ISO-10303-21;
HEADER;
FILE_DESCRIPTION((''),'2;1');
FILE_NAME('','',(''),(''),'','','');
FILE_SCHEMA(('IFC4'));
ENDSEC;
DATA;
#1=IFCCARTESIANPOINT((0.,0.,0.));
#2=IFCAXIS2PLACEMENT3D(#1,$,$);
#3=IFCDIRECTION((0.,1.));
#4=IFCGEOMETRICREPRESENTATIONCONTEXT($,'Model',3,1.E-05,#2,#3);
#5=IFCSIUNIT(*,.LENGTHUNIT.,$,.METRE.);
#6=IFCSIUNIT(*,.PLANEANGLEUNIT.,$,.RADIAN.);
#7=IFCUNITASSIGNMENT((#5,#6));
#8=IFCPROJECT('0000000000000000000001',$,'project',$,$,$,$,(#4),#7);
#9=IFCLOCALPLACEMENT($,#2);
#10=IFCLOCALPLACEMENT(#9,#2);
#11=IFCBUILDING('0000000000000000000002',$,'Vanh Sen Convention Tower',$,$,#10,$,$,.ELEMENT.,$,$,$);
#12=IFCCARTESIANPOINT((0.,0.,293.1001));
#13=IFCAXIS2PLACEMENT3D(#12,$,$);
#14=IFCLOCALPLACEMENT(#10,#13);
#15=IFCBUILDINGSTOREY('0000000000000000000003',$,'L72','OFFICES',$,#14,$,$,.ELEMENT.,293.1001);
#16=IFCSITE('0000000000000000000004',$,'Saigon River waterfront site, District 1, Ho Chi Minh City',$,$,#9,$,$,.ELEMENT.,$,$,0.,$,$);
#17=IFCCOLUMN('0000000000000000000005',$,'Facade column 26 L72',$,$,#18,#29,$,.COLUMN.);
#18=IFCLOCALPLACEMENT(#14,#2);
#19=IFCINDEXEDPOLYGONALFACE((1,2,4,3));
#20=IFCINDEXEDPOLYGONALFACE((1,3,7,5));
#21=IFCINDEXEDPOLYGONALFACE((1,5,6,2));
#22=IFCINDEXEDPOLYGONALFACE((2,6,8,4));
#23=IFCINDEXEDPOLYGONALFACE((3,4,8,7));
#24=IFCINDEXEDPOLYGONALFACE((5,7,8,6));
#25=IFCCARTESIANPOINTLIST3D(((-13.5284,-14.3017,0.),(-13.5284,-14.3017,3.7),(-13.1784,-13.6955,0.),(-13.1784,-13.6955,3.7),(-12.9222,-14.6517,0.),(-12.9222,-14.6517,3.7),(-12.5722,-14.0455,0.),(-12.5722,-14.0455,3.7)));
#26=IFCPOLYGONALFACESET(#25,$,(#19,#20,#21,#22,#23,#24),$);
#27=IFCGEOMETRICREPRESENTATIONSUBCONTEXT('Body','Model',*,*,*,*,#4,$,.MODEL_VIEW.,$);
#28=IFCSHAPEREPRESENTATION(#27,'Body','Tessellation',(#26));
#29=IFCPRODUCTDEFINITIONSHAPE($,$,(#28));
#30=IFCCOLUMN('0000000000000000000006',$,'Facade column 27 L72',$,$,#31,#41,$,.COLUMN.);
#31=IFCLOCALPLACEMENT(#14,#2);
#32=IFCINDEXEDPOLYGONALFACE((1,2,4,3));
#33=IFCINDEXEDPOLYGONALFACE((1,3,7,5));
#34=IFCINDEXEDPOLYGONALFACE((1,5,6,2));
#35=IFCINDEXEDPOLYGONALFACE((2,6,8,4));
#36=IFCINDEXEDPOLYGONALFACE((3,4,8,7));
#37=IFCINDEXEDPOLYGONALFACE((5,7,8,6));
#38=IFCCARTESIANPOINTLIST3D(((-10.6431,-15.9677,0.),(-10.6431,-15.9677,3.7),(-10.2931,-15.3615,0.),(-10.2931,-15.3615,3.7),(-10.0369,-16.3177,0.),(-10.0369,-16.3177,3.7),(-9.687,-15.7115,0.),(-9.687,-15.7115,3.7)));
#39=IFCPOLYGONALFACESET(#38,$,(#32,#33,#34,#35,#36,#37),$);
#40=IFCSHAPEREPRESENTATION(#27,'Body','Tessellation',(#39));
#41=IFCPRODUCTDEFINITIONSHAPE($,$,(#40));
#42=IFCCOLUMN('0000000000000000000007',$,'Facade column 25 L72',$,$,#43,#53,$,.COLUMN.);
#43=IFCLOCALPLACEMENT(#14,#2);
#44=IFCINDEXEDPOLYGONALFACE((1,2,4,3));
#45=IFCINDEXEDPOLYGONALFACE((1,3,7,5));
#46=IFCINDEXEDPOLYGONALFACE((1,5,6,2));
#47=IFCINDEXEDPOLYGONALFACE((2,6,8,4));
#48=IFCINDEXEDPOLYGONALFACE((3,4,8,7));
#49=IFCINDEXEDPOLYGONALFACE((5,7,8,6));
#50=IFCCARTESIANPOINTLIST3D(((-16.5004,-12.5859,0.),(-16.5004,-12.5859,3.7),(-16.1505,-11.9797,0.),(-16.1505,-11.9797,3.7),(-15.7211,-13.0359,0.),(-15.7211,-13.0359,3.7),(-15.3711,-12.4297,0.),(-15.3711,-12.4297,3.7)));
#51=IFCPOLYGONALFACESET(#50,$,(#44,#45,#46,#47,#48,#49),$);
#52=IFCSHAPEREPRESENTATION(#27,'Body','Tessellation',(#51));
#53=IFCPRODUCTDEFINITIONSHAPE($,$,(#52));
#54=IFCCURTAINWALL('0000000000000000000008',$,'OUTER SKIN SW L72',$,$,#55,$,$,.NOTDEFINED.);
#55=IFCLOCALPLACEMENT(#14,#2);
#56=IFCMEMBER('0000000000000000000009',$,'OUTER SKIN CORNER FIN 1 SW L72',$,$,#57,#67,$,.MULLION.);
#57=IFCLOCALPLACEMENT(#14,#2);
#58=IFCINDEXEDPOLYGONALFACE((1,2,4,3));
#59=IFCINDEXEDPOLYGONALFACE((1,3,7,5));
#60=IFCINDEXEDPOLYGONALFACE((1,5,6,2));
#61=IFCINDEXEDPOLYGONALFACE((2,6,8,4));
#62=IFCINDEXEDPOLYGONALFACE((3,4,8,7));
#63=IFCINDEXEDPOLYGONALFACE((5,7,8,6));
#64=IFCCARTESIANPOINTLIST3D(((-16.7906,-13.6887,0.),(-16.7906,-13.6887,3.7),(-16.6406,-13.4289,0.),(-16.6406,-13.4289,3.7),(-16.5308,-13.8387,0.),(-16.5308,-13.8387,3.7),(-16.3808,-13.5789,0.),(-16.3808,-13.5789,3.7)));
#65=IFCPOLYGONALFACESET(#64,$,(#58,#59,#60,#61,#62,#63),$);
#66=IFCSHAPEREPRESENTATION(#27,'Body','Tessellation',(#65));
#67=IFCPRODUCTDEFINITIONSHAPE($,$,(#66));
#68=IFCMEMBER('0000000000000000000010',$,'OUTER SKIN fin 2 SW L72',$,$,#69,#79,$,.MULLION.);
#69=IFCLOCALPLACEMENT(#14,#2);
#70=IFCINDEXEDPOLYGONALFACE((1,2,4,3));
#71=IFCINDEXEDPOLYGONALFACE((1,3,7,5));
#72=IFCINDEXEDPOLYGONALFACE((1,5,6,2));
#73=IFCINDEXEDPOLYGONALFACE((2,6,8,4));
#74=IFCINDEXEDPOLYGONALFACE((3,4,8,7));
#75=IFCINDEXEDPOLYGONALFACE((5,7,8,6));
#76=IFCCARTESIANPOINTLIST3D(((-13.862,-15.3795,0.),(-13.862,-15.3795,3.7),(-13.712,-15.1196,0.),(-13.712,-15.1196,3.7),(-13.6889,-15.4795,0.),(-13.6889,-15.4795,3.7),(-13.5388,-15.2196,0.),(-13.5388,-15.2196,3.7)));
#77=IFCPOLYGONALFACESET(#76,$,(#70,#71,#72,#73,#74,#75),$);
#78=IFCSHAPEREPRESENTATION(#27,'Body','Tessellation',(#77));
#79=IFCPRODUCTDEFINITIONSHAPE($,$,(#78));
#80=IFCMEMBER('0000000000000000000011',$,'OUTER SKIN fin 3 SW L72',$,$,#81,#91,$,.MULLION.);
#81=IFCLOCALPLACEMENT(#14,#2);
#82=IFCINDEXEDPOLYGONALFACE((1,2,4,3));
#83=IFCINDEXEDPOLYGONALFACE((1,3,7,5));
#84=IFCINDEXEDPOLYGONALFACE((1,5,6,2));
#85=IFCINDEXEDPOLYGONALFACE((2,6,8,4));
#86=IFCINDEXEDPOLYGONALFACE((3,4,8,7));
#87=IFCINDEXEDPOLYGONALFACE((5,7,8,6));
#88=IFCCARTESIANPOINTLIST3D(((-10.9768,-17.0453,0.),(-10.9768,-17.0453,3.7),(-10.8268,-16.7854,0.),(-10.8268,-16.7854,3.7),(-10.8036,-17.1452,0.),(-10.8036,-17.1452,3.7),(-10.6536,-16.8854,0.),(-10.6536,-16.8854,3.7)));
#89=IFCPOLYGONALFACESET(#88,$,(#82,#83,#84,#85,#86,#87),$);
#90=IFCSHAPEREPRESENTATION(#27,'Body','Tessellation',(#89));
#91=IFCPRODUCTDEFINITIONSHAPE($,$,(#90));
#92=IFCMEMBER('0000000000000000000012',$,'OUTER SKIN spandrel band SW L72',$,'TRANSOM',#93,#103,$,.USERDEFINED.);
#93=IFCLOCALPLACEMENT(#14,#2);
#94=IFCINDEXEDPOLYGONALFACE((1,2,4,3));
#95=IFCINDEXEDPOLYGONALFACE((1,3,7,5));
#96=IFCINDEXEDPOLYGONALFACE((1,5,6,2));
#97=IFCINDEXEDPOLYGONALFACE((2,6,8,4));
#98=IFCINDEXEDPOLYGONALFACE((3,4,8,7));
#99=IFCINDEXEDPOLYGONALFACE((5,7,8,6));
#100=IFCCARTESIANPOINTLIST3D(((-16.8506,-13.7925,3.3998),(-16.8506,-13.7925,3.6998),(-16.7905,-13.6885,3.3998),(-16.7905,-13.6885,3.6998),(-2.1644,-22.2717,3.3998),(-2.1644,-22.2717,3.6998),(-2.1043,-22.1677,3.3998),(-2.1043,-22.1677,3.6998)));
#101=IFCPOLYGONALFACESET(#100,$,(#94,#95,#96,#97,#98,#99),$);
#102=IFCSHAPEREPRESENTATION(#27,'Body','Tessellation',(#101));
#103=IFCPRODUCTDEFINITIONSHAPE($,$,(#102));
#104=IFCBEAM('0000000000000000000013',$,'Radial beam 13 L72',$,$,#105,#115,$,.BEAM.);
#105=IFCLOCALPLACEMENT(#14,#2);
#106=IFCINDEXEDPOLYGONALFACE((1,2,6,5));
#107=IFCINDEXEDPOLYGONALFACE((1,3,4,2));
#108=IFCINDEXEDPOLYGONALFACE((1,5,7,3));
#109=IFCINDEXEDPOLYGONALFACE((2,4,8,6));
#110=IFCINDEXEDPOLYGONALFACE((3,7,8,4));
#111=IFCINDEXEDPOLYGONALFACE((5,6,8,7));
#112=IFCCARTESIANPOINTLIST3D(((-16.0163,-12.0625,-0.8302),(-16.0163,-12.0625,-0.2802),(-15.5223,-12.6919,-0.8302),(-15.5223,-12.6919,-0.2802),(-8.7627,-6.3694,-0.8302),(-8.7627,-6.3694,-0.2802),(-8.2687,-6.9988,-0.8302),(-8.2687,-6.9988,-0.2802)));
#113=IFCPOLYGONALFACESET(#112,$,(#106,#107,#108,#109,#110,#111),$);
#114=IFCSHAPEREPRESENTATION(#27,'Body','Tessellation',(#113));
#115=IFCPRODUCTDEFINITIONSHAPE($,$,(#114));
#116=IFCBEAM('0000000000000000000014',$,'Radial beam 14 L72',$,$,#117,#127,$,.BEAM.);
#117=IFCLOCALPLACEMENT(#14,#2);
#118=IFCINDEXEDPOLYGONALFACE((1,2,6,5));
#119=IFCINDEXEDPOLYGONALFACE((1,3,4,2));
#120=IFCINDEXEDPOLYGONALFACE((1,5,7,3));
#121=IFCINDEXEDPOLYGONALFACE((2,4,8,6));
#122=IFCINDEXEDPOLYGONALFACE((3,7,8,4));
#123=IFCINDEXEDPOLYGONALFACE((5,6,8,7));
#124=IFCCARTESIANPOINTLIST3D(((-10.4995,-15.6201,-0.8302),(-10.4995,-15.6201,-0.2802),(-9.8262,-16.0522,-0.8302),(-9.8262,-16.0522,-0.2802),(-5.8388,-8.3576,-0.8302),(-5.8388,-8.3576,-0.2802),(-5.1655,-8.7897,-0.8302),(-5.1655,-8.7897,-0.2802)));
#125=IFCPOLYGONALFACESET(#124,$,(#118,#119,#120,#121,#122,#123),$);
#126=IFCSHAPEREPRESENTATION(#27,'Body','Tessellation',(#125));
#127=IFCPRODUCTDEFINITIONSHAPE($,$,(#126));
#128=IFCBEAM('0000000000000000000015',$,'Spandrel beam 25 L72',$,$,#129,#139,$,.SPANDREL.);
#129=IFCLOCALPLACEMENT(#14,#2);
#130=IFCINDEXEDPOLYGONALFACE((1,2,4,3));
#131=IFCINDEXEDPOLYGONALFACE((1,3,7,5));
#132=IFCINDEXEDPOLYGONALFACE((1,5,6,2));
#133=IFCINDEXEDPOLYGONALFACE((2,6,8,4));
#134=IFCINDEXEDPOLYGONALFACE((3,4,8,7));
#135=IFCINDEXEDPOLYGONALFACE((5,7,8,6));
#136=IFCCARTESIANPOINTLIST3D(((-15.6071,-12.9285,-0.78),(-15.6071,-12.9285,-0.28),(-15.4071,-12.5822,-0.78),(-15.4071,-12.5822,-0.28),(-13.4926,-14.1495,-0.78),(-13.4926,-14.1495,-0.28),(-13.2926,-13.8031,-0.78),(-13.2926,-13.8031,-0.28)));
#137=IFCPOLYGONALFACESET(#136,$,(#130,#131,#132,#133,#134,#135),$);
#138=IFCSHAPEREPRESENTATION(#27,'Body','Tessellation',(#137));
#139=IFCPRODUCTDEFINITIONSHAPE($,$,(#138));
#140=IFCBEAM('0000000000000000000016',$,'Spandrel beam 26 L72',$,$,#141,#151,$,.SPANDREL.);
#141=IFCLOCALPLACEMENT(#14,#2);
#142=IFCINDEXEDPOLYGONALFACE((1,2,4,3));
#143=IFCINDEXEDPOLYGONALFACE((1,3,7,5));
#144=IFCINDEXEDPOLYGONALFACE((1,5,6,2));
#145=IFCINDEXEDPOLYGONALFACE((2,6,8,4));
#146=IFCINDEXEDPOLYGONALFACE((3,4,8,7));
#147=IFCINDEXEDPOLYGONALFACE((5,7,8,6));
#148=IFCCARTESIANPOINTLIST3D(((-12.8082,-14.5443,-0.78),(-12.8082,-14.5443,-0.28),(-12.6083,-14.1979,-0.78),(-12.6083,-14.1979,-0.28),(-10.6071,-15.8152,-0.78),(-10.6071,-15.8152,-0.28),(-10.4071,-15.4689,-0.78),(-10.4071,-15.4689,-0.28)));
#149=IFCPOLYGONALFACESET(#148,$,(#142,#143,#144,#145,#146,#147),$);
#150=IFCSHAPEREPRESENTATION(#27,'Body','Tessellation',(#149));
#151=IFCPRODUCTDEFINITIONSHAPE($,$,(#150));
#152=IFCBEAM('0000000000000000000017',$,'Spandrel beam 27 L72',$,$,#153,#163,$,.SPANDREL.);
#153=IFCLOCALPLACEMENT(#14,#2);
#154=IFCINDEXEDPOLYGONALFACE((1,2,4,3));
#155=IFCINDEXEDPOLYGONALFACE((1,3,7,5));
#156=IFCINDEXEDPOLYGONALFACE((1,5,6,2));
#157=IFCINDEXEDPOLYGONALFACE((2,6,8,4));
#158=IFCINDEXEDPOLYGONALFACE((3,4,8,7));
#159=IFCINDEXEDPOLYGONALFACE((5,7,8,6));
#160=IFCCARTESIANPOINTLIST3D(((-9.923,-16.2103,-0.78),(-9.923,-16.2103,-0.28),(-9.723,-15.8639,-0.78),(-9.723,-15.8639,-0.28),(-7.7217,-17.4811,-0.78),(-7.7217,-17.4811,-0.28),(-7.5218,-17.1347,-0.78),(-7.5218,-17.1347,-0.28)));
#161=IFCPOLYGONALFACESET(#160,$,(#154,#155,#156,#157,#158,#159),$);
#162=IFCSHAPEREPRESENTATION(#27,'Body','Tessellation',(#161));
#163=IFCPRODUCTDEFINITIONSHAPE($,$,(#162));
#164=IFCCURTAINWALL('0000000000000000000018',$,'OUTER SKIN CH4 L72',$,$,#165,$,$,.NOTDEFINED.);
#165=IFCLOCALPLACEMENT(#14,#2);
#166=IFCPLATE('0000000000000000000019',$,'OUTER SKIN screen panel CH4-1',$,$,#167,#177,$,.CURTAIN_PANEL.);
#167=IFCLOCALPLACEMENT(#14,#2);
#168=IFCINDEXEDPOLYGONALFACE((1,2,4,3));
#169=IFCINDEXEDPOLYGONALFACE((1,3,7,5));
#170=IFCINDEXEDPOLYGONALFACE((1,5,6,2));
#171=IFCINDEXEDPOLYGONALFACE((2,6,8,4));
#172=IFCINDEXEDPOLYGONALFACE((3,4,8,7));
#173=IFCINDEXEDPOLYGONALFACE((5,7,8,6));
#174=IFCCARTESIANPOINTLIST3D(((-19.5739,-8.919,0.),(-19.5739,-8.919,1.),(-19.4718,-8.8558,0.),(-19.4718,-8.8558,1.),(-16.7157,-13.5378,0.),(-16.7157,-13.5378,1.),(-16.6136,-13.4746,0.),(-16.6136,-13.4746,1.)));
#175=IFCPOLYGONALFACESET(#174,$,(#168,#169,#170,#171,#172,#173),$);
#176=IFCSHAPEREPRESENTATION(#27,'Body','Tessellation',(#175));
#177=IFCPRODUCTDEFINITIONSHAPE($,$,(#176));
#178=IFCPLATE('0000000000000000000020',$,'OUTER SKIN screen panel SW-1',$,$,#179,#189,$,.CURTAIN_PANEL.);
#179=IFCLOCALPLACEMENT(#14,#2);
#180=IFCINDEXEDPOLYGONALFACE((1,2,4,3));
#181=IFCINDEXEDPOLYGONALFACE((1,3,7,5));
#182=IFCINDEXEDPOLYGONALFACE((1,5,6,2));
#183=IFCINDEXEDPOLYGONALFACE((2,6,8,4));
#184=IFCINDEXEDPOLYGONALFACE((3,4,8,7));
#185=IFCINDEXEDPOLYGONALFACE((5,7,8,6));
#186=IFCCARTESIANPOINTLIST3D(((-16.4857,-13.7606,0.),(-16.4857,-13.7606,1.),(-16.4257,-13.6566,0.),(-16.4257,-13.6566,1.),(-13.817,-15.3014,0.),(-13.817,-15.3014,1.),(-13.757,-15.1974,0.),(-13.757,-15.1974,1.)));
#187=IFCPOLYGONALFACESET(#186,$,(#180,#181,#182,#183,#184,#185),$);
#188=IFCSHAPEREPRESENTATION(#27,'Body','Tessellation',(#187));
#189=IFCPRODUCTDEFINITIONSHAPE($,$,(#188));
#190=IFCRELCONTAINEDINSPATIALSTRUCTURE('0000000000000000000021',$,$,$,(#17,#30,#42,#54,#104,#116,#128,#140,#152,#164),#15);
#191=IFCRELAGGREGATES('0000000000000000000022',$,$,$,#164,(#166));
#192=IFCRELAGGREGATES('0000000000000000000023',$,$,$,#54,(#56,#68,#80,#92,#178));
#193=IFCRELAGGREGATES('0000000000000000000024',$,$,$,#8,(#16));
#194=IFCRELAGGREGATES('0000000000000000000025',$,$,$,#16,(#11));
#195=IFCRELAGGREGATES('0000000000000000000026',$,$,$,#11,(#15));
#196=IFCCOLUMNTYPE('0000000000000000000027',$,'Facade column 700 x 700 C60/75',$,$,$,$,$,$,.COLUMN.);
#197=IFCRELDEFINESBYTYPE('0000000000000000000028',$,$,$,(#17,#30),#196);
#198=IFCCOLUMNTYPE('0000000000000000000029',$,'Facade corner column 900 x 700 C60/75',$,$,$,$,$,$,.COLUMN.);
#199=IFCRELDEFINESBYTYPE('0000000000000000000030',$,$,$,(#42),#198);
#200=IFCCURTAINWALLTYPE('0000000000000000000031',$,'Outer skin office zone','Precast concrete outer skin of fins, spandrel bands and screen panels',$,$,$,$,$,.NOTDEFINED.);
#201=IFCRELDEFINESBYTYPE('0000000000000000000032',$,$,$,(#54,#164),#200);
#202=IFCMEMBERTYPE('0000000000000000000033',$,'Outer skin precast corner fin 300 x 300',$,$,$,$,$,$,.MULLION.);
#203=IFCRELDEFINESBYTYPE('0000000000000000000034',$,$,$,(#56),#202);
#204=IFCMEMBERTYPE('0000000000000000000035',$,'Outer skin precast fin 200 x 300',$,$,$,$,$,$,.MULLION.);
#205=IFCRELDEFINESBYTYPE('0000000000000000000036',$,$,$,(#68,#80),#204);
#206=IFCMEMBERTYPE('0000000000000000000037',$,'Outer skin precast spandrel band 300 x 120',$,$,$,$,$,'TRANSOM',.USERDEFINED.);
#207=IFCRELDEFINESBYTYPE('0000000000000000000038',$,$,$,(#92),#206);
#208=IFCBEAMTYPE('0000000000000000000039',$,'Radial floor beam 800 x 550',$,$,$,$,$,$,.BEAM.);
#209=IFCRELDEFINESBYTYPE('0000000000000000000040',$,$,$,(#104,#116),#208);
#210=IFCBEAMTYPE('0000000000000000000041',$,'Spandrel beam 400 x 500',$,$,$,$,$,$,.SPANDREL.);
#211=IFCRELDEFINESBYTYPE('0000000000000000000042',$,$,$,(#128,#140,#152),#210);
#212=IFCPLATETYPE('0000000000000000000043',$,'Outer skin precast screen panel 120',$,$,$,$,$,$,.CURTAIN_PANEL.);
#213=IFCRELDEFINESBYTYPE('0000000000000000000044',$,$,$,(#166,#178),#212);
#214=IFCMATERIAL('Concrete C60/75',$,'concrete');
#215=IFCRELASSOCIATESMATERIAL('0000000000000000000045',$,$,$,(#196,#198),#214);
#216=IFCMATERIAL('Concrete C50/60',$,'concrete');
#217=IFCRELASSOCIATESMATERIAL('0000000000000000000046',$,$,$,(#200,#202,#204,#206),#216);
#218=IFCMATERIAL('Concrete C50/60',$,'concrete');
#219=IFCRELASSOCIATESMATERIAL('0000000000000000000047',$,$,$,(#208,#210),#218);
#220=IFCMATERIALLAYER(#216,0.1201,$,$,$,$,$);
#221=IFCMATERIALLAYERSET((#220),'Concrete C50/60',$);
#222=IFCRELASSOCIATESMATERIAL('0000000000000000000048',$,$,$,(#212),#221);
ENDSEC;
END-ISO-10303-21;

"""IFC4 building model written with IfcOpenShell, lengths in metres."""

from ifc_helpers import new_model, si_unit, direction, frame, origin, origin_2d, place, context, subcontext, project, spatial, rectangle, extrude, material, layer, layer_set, material_profile, profile_set, type_object, element, aggregate, save


model = new_model("IFC4")

# Units and contexts
model_context = context("Model", 3, precision=1e-05, world=origin(), true_north=direction((0.0, 1.0)))
body_context = subcontext(model_context, "Body", "Model", "MODEL_VIEW")
ifc_project = project(units=[si_unit("LENGTHUNIT", "METRE"), si_unit("PLANEANGLEUNIT", "RADIAN")], contexts=[model_context])

# Site, building, storey
site_placement = place(None, origin())
site = spatial("IfcSite", under=ifc_project, at=site_placement, Name="Saigon River waterfront site, District 1, Ho Chi Minh City", CompositionType="ELEMENT", RefElevation=0.0)
building_placement = place(site_placement, origin())
building = spatial("IfcBuilding", under=site, at=building_placement, Name="Vanh Sen Convention Tower", CompositionType="ELEMENT")
storey_placement = place(building_placement, frame((0.0, 0.0, 293.1001)))
storey = spatial("IfcBuildingStorey", under=building, at=storey_placement, Name="L72", Description="OFFICES", CompositionType="ELEMENT", Elevation=293.1001)

# Columns
ifc_material_1 = material(Name="Concrete C60/75", Category="concrete")
ifc_material_profile_1 = material_profile(ifc_material_1, rectangle(XDim=0.7, YDim=0.7, at=origin_2d()), Name="RC 700X700")
ifc_profile_set_1 = profile_set([ifc_material_profile_1], Name="Concrete C60/75")
column_type_1 = type_object("IfcColumnType", Name="Facade column 700 x 700 C60/75", PredefinedType="COLUMN", material=ifc_profile_set_1)
for number, where, z_axis, x_axis, name in (
    (1, (-13.0503, -14.1736, 0.0), (0.0, 0.0, 1.0), (0.866025, -0.5, 0.0), "Facade column 26 L72"),
    (2, (-10.165, -15.8396, 0.0), (0.0, 0.0, 1.0), (0.866025, -0.5, 0.0), "Facade column 27 L72"),
):
    element("IfcColumn", number, at=place(storey_placement, frame(where, z_axis=z_axis, x_axis=x_axis)), inside=storey, type_object=column_type_1, Name=name, PredefinedType="COLUMN", context=body_context, shape_type="SweptSolid", body=[
        extrude(rectangle(XDim=0.7, YDim=0.7, at=origin_2d()), origin(), (0.0, 0.0, 1.0), 3.7),
    ])
ifc_material_profile_2 = material_profile(ifc_material_1, rectangle(XDim=0.8999, YDim=0.7, at=origin_2d()), Name="RC 900X700")
ifc_profile_set_2 = profile_set([ifc_material_profile_2], Name="Concrete C60/75")
column_type_2 = type_object("IfcColumnType", Name="Facade corner column 900 x 700 C60/75", PredefinedType="COLUMN", material=ifc_profile_set_2)
column_placement = place(storey_placement, frame((-15.9358, -12.5078, 0.0), z_axis=(0.0, 0.0, 1.0), x_axis=(0.866025, -0.5, 0.0)))
element("IfcColumn", 3, at=column_placement, inside=storey, type_object=column_type_2, Name="Facade column 25 L72", PredefinedType="COLUMN", context=body_context, shape_type="SweptSolid", body=[
    extrude(rectangle(XDim=0.8999, YDim=0.7, at=origin_2d()), origin(), (0.0, 0.0, 1.0), 3.7),
])

# Curtain wall, members
ifc_material_2 = material(Name="Concrete C50/60", Category="concrete")
curtain_wall_type = type_object("IfcCurtainWallType", Name="Outer skin office zone", Description="Precast concrete outer skin of fins, spandrel bands and screen panels", PredefinedType="NOTDEFINED", material=ifc_material_2)
curtain_wall_1_placement = place(storey_placement, origin())
curtain_wall_1 = element("IfcCurtainWall", 4, at=curtain_wall_1_placement, inside=storey, type_object=curtain_wall_type, Name="OUTER SKIN SW L72", PredefinedType="NOTDEFINED")
ifc_material_profile_3 = material_profile(ifc_material_2, rectangle(XDim=0.3, YDim=0.3, at=origin_2d()), Name="Outer skin precast corner fin 300 x 300")
ifc_profile_set_3 = profile_set([ifc_material_profile_3], Name="Concrete C50/60")
member_type_1 = type_object("IfcMemberType", Name="Outer skin precast corner fin 300 x 300", PredefinedType="MULLION", material=ifc_profile_set_3)
member_1_placement = place(storey_placement, frame((-16.5857, -13.6338, 0.0), z_axis=(0.0, 0.0, 1.0), x_axis=(0.866025, -0.5, 0.0)))
member_1 = element("IfcMember", 5, at=member_1_placement, type_object=member_type_1, Name="OUTER SKIN CORNER FIN 1 SW L72", PredefinedType="MULLION", context=body_context, shape_type="SweptSolid", body=[
    extrude(rectangle(XDim=0.3, YDim=0.3, at=origin_2d()), origin(), (0.0, 0.0, 1.0), 3.7),
])
ifc_material_profile_4 = material_profile(ifc_material_2, rectangle(XDim=0.2, YDim=0.3, at=origin_2d()), Name="Outer skin precast fin 200 x 300")
ifc_profile_set_4 = profile_set([ifc_material_profile_4], Name="Concrete C50/60")
member_type_2 = type_object("IfcMemberType", Name="Outer skin precast fin 200 x 300", PredefinedType="MULLION", material=ifc_profile_set_4)
member_2_placement = place(storey_placement, frame((-13.7004, -15.2996, 0.0), z_axis=(0.0, 0.0, 1.0), x_axis=(0.866025, -0.5, 0.0)))
member_2 = element("IfcMember", 6, at=member_2_placement, type_object=member_type_2, Name="OUTER SKIN fin 2 SW L72", PredefinedType="MULLION", context=body_context, shape_type="SweptSolid", body=[
    extrude(rectangle(XDim=0.2, YDim=0.3, at=origin_2d()), origin(), (0.0, 0.0, 1.0), 3.7),
])
member_3_placement = place(storey_placement, frame((-10.8152, -16.9653, 0.0), z_axis=(0.0, 0.0, 1.0), x_axis=(0.866025, -0.5, 0.0)))
member_3 = element("IfcMember", 7, at=member_3_placement, type_object=member_type_2, Name="OUTER SKIN fin 3 SW L72", PredefinedType="MULLION", context=body_context, shape_type="SweptSolid", body=[
    extrude(rectangle(XDim=0.2, YDim=0.3, at=origin_2d()), origin(), (0.0, 0.0, 1.0), 3.7),
])
ifc_material_profile_5 = material_profile(ifc_material_2, rectangle(XDim=0.1201, YDim=0.3, at=origin_2d()), Name="Outer skin precast spandrel band 300 x 120")
ifc_profile_set_5 = profile_set([ifc_material_profile_5], Name="Concrete C50/60")
member_type_3 = type_object("IfcMemberType", Name="Outer skin precast spandrel band 300 x 120", ElementType="TRANSOM", PredefinedType="USERDEFINED", material=ifc_profile_set_5)
member_4_placement = place(storey_placement, frame((-16.8206, -13.7405, 3.5498), z_axis=(0.866022, -0.500005, 0.0), x_axis=(0.500005, 0.866022, 0.0)))
member_4 = element("IfcMember", 8, at=member_4_placement, type_object=member_type_3, Name="OUTER SKIN spandrel band SW L72", ObjectType="TRANSOM", PredefinedType="USERDEFINED", context=body_context, shape_type="SweptSolid", body=[
    extrude(rectangle(XDim=0.1201, YDim=0.3, at=origin_2d()), origin(), (0.0, 0.0, 1.0), 16.9583),
])

# Beams
ifc_material_3 = material(Name="Concrete C50/60", Category="concrete")
ifc_material_profile_6 = material_profile(ifc_material_3, rectangle(XDim=0.8, YDim=0.55, at=origin_2d()), Name="RC 800X550")
ifc_profile_set_6 = profile_set([ifc_material_profile_6], Name="Concrete C50/60")
beam_type_1 = type_object("IfcBeamType", Name="Radial floor beam 800 x 550", PredefinedType="BEAM", material=ifc_profile_set_6)
beam_1_placement = place(storey_placement, frame((-15.7693, -12.3772, -0.5552), z_axis=(0.786644, 0.617406, 0.0), x_axis=(-0.617406, 0.786644, 0.0)))
element("IfcBeam", 9, at=beam_1_placement, inside=storey, type_object=beam_type_1, Name="Radial beam 13 L72", PredefinedType="BEAM", context=body_context, shape_type="SweptSolid", body=[
    extrude(rectangle(XDim=0.8, YDim=0.55, at=origin_2d()), origin(), (0.0, 0.0, 1.0), 9.2209),
])
beam_2_placement = place(storey_placement, frame((-10.1628, -15.8362, -0.5552), z_axis=(0.540095, 0.841604, 0.0), x_axis=(-0.841604, 0.540095, 0.0)))
element("IfcBeam", 10, at=beam_2_placement, inside=storey, type_object=beam_type_1, Name="Radial beam 14 L72", PredefinedType="BEAM", context=body_context, shape_type="SweptSolid", body=[
    extrude(rectangle(XDim=0.8, YDim=0.55, at=origin_2d()), origin(), (0.0, 0.0, 1.0), 8.6294),
])
ifc_material_profile_7 = material_profile(ifc_material_3, rectangle(XDim=0.3999, YDim=0.5, at=origin_2d()), Name="RC 400X500")
ifc_profile_set_7 = profile_set([ifc_material_profile_7], Name="Concrete C50/60")
beam_type_2 = type_object("IfcBeamType", Name="Spandrel beam 400 x 500", PredefinedType="SPANDREL", material=ifc_profile_set_7)
beam_3_placement = place(storey_placement, frame((-15.5071, -12.7554, -0.53), z_axis=(0.866001, -0.500043, 0.0), x_axis=(0.500043, 0.866001, 0.0)))
element("IfcBeam", 11, at=beam_3_placement, inside=storey, type_object=beam_type_2, Name="Spandrel beam 25 L72", PredefinedType="SPANDREL", context=body_context, shape_type="SweptSolid", body=[
    extrude(rectangle(XDim=0.3999, YDim=0.5, at=origin_2d()), origin(), (0.0, 0.0, 1.0), 2.4417),
])
for number, where, z_axis, x_axis, name in (
    (12, (-12.7083, -14.3711, -0.53), (0.866, -0.500044, 0.0), (0.500044, 0.866, 0.0), "Spandrel beam 26 L72"),
    (13, (-9.823, -16.0371, -0.53), (0.866042, -0.499972, 0.0), (0.499972, 0.866042, 0.0), "Spandrel beam 27 L72"),
):
    element("IfcBeam", number, at=place(storey_placement, frame(where, z_axis=z_axis, x_axis=x_axis)), inside=storey, type_object=beam_type_2, Name=name, PredefinedType="SPANDREL", context=body_context, shape_type="SweptSolid", body=[
        extrude(rectangle(XDim=0.3999, YDim=0.5, at=origin_2d()), origin(), (0.0, 0.0, 1.0), 2.5417),
    ])

# Curtain wall, plate
curtain_wall_2_placement = place(storey_placement, origin())
curtain_wall_2 = element("IfcCurtainWall", 14, at=curtain_wall_2_placement, inside=storey, type_object=curtain_wall_type, Name="OUTER SKIN CH4 L72", PredefinedType="NOTDEFINED")
ifc_layer_1 = layer(ifc_material_2, 0.1201)
ifc_layer_set_1 = layer_set([ifc_layer_1], Name="Concrete C50/60")
plate_type = type_object("IfcPlateType", Name="Outer skin precast screen panel 120", PredefinedType="CURTAIN_PANEL", material=ifc_layer_set_1)
plate_1_placement = place(storey_placement, frame((-18.0938, -11.1968, 0.0), z_axis=(0.0, 0.0, 1.0), x_axis=(0.526211, -0.850354, 0.0)))
plate_1 = element("IfcPlate", 15, at=plate_1_placement, type_object=plate_type, Name="OUTER SKIN screen panel CH4-1", PredefinedType="CURTAIN_PANEL", context=body_context, shape_type="SweptSolid", body=[
    extrude(rectangle(XDim=5.4316, YDim=0.1201, at=origin_2d()), origin(), (0.0, 0.0, 1.0), 1.0),
])
aggregate(curtain_wall_2, [plate_1])

# Plate
plate_2_placement = place(storey_placement, frame((-15.1213, -14.479, 0.0), z_axis=(0.0, 0.0, 1.0), x_axis=(0.866029, -0.499994, 0.0)))
plate_2 = element("IfcPlate", 16, at=plate_2_placement, type_object=plate_type, Name="OUTER SKIN screen panel SW-1", PredefinedType="CURTAIN_PANEL", context=body_context, shape_type="SweptSolid", body=[
    extrude(rectangle(XDim=3.0815, YDim=0.1201, at=origin_2d()), origin(), (0.0, 0.0, 1.0), 1.0),
])
aggregate(curtain_wall_1, [member_1, member_2, member_3, member_4, plate_2])

save(model, "model.ifc")
